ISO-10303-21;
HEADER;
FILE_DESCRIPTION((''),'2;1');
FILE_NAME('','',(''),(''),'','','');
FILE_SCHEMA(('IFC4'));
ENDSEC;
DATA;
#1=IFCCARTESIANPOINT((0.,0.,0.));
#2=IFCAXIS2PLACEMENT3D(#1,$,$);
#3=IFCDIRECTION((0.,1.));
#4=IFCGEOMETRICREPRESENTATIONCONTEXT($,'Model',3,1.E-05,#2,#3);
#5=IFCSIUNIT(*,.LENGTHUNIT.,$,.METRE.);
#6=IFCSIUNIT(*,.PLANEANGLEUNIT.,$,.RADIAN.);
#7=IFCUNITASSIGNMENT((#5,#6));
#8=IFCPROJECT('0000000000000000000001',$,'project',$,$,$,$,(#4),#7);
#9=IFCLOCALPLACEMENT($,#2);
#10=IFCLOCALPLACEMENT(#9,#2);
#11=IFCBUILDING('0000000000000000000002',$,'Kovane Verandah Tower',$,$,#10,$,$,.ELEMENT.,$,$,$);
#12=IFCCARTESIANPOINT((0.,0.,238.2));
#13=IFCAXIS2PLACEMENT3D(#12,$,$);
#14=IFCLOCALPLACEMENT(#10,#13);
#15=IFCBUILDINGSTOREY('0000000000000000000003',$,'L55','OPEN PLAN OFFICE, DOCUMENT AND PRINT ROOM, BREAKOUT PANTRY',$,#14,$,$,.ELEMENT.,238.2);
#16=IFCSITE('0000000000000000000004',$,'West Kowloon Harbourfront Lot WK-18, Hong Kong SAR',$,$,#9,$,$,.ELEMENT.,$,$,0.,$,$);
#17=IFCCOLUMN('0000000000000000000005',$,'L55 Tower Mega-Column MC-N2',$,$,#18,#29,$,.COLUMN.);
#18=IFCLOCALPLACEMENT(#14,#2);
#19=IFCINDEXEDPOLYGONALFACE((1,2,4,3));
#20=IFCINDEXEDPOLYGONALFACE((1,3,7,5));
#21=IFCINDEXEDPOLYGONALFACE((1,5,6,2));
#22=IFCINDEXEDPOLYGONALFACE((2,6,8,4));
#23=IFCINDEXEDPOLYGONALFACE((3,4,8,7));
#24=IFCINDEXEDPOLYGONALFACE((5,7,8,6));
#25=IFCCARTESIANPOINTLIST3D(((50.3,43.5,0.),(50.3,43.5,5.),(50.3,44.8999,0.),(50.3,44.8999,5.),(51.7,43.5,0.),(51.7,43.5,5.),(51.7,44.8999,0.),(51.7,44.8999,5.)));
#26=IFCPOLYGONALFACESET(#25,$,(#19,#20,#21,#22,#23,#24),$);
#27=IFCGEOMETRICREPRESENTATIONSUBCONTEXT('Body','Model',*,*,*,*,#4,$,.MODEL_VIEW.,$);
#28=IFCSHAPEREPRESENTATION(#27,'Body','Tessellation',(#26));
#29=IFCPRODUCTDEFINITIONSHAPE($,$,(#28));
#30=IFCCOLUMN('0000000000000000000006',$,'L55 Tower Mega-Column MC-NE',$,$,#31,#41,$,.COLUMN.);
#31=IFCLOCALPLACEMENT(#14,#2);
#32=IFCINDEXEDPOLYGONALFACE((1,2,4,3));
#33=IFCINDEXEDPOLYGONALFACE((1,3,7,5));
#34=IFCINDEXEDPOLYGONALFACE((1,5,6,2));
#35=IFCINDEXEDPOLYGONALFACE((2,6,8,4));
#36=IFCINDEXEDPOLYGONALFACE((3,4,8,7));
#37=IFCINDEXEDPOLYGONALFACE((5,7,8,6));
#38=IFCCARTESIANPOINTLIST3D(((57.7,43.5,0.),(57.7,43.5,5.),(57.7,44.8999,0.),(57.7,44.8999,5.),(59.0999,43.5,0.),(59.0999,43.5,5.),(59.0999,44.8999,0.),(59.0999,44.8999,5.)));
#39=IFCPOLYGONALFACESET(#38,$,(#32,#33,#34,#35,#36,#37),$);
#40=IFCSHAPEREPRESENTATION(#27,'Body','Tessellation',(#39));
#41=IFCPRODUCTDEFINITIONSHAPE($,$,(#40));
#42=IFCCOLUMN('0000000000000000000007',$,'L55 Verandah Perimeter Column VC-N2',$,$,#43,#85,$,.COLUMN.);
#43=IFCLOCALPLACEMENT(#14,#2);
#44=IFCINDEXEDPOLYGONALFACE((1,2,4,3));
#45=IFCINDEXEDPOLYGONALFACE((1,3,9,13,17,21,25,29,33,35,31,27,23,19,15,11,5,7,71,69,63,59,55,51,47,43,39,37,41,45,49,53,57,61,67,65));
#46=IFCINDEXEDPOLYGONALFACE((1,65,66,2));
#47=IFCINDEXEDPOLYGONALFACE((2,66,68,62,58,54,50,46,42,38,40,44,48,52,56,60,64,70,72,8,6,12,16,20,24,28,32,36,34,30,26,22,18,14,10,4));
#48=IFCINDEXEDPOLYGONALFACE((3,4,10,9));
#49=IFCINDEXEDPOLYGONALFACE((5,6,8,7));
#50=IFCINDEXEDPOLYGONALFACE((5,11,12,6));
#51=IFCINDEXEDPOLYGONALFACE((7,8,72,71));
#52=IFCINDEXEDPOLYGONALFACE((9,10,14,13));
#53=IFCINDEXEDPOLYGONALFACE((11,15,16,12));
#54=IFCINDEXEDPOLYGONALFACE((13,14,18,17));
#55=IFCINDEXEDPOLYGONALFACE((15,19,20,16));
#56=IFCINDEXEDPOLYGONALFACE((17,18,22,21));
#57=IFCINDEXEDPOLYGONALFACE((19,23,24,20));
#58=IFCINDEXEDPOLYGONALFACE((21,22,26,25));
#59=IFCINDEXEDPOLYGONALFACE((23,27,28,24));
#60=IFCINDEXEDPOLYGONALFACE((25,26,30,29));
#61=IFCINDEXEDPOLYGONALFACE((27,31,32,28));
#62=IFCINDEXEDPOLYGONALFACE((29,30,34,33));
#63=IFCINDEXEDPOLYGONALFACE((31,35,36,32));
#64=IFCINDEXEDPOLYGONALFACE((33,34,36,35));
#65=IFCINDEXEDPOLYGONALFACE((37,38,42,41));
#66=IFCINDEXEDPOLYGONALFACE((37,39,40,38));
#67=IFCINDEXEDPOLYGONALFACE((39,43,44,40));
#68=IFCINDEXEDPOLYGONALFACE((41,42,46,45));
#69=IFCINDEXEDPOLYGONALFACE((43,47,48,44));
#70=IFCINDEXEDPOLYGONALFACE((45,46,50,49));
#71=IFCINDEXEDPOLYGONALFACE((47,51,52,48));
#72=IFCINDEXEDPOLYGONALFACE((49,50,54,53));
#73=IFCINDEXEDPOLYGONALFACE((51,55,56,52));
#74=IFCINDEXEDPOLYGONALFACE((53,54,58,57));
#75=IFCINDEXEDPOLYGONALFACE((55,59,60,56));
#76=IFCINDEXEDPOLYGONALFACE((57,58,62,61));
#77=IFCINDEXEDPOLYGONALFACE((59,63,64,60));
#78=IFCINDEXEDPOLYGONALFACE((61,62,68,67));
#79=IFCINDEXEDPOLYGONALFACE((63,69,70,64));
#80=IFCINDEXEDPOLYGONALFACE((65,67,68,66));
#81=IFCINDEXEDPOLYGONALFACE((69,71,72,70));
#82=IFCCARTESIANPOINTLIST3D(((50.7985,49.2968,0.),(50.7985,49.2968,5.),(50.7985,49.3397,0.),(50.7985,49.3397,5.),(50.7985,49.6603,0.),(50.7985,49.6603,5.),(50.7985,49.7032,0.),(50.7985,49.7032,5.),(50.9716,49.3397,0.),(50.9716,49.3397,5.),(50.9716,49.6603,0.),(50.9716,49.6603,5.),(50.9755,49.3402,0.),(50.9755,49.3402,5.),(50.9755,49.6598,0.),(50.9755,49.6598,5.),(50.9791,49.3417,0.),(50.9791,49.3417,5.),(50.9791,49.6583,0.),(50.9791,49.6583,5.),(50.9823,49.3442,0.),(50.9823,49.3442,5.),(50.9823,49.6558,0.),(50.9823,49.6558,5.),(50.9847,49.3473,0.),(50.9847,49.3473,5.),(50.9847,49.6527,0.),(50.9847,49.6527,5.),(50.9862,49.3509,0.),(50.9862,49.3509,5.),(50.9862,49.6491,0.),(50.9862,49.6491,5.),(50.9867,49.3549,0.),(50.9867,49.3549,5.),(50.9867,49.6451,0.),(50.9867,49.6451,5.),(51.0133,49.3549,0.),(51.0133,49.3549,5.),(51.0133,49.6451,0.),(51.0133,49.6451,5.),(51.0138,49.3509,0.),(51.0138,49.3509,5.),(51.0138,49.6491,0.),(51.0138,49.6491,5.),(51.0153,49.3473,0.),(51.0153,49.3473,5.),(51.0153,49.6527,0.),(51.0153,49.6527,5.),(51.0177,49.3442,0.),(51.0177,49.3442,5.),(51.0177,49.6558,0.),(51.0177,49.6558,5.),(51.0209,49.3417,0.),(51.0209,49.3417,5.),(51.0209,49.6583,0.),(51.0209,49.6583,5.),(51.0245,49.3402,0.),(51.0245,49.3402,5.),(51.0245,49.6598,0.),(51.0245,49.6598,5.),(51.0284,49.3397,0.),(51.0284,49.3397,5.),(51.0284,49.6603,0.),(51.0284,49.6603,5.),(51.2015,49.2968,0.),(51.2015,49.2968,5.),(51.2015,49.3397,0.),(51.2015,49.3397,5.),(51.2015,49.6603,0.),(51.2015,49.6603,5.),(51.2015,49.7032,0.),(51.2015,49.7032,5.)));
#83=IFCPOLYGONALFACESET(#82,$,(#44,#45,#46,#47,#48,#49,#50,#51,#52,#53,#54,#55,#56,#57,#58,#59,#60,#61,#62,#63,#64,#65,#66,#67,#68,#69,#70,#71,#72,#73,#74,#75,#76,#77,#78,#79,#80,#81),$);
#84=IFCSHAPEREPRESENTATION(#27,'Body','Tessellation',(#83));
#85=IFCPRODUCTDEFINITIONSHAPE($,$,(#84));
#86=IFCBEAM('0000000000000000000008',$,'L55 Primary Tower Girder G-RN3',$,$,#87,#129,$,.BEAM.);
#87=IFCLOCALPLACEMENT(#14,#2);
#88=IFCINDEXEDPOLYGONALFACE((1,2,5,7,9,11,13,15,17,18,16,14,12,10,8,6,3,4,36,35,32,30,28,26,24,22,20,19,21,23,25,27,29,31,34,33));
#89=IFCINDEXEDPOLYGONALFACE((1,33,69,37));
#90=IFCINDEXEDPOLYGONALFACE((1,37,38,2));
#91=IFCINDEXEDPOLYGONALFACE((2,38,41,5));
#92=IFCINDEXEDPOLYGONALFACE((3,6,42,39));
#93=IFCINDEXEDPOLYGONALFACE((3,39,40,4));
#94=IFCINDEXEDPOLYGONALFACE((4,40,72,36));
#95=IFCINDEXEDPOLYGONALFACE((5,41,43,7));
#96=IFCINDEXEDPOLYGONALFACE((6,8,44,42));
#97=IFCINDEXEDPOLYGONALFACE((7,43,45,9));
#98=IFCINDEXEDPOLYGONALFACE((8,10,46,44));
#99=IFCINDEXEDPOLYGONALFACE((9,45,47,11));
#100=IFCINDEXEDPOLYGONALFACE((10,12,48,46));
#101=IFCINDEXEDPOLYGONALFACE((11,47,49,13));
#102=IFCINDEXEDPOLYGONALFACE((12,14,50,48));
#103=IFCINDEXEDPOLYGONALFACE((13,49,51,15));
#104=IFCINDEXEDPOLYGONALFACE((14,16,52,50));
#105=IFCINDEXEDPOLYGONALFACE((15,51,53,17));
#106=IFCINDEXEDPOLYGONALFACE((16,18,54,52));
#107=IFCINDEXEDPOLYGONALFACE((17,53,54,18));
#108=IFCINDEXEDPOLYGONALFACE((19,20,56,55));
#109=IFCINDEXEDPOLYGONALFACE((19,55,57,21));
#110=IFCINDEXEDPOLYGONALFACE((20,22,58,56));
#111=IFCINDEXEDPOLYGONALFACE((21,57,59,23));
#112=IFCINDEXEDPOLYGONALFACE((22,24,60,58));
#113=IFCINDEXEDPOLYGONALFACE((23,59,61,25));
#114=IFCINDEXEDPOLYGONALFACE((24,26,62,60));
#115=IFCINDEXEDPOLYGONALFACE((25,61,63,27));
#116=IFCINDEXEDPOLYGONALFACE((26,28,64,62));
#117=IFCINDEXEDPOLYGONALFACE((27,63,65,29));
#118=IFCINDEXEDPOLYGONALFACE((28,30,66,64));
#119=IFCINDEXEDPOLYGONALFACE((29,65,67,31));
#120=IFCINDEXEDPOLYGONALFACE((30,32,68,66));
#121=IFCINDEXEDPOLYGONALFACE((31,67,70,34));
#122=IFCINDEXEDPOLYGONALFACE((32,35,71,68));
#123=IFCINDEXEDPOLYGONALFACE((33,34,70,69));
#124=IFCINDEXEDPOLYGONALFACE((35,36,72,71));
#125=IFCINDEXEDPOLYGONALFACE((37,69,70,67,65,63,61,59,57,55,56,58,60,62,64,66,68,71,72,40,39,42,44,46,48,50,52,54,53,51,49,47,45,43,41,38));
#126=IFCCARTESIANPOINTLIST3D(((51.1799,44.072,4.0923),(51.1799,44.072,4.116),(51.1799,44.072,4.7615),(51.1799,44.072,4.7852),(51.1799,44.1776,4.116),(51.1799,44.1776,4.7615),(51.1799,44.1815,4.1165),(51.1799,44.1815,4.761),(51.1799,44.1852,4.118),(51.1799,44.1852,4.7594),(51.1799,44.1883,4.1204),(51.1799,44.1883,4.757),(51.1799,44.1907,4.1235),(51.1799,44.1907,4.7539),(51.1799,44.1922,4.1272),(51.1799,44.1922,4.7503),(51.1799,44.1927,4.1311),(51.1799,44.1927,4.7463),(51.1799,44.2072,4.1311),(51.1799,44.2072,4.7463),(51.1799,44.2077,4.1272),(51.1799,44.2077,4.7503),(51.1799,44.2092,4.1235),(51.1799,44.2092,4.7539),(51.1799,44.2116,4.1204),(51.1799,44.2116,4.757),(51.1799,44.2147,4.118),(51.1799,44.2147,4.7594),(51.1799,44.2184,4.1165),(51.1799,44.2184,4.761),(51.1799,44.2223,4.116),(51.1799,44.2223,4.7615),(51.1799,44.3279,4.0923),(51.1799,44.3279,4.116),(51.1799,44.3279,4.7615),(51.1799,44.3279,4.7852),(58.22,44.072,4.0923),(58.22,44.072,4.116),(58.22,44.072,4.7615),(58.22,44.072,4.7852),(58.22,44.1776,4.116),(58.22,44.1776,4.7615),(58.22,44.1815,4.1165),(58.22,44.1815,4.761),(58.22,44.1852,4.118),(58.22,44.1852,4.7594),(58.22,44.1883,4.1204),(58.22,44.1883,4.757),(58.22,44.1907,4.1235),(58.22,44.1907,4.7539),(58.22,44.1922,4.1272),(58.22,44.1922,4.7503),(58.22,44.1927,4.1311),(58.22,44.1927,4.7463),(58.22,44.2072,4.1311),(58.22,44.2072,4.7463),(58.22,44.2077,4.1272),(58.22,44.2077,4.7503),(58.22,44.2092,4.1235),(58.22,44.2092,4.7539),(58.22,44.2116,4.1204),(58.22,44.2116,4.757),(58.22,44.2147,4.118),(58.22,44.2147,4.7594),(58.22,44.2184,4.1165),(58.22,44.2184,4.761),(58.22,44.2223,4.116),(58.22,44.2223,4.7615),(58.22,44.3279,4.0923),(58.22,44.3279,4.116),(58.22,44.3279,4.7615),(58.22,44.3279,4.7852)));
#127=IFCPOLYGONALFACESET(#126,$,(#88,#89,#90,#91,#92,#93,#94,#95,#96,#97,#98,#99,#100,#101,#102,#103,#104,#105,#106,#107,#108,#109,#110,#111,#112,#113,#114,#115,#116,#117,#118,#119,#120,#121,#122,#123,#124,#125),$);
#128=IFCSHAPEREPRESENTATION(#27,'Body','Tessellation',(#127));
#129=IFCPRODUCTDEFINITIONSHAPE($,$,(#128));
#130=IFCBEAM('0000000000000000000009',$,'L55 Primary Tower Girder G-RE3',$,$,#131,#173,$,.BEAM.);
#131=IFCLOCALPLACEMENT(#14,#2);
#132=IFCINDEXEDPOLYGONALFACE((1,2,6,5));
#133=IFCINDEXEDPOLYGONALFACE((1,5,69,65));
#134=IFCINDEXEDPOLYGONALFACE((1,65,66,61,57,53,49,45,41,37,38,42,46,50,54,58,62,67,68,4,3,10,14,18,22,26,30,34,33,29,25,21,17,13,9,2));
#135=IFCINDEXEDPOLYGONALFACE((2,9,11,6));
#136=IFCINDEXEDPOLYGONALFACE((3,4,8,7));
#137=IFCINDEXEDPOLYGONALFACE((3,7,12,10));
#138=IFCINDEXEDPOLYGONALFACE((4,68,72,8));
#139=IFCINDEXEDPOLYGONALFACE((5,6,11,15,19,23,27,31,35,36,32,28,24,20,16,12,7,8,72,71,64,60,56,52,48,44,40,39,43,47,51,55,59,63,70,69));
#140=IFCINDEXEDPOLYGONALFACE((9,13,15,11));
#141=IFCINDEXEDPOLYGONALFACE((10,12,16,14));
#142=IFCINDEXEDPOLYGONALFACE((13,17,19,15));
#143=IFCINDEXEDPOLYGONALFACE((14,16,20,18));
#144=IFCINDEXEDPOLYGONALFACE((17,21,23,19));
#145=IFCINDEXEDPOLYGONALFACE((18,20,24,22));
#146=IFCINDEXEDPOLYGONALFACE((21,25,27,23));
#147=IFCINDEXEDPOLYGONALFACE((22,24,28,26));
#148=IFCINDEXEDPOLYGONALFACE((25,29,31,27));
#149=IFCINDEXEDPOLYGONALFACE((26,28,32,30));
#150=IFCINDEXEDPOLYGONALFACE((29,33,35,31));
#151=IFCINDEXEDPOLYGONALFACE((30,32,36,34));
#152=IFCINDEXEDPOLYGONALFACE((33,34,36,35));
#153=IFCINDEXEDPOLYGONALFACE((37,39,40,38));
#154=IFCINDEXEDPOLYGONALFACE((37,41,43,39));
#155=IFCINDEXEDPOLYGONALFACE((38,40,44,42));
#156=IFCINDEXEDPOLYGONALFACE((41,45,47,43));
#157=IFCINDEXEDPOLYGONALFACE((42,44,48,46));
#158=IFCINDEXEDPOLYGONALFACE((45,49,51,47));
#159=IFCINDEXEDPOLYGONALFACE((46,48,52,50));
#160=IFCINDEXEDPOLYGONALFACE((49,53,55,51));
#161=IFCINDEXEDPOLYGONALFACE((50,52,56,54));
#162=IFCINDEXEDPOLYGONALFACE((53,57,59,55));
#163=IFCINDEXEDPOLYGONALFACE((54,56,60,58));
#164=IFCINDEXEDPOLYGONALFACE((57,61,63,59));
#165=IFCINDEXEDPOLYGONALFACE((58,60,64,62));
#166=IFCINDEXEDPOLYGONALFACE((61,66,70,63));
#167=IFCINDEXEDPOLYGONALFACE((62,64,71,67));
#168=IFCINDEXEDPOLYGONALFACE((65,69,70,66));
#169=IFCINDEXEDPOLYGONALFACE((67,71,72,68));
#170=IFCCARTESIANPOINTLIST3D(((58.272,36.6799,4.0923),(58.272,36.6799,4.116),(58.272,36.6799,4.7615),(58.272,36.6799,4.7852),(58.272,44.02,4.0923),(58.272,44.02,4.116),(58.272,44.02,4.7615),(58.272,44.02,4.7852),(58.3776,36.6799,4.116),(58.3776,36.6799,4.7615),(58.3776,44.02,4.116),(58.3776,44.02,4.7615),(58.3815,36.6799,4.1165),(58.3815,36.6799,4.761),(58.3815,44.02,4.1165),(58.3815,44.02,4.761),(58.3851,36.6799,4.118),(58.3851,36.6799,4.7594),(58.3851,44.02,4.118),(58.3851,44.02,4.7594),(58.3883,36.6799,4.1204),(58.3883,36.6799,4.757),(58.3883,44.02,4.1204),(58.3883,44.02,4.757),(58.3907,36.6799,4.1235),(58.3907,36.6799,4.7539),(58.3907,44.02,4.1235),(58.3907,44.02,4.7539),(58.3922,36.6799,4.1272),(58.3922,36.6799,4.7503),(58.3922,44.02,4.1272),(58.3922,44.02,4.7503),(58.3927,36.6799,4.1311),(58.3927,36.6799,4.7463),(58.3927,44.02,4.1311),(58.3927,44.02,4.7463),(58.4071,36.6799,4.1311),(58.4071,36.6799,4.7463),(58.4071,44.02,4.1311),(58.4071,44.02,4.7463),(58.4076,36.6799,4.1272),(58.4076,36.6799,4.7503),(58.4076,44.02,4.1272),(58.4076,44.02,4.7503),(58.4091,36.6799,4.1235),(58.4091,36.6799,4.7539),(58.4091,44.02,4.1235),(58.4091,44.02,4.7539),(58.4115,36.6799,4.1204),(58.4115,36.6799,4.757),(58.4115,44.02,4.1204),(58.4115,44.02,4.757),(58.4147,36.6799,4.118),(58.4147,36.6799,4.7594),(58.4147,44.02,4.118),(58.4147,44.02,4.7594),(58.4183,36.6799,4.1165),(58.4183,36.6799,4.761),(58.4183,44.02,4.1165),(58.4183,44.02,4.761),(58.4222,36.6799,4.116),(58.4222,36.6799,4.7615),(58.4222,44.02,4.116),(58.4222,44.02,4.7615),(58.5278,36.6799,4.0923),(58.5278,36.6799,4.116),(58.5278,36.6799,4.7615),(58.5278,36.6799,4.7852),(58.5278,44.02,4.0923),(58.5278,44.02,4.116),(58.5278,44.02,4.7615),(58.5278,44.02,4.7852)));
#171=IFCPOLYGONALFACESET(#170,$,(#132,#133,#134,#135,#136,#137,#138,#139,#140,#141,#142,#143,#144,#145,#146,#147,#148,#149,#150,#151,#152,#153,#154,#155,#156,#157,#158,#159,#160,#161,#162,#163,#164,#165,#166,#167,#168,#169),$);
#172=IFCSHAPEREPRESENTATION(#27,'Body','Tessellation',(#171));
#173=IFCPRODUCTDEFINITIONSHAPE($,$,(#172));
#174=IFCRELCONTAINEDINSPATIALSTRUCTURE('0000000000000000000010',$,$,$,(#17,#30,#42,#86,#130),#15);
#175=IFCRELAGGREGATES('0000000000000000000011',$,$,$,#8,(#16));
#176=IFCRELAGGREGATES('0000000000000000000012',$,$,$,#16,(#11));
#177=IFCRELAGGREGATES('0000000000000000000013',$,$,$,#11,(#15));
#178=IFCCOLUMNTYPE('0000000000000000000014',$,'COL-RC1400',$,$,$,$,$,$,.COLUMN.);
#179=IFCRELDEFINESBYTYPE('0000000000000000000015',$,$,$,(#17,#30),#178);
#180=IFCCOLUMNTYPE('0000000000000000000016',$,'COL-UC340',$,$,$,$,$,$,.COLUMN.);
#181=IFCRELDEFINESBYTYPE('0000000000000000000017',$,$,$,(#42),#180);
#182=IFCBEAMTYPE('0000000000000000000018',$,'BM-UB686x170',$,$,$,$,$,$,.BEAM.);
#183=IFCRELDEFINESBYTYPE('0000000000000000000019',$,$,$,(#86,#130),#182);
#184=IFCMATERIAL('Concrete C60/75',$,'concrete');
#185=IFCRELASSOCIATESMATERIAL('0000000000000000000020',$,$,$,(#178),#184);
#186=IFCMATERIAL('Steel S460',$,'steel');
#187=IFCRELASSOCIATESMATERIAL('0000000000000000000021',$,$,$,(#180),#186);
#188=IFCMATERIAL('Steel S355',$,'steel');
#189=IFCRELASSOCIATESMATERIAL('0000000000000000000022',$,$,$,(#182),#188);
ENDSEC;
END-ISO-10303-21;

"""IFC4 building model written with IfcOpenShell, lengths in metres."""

from ifc_helpers import new_model, si_unit, direction, frame, origin, origin_2d, place, context, subcontext, project, spatial, rectangle, i_section, extrude, material, material_profile, profile_set, type_object, element, save


model = new_model("IFC4")

# Units and contexts
model_context = context("Model", 3, precision=1e-05, world=origin(), true_north=direction((0.0, 1.0)))
body_context = subcontext(model_context, "Body", "Model", "MODEL_VIEW")
ifc_project = project(units=[si_unit("LENGTHUNIT", "METRE"), si_unit("PLANEANGLEUNIT", "RADIAN")], contexts=[model_context])

# Site, building, storey
site_placement = place(None, origin())
site = spatial("IfcSite", under=ifc_project, at=site_placement, Name="West Kowloon Harbourfront Lot WK-18, Hong Kong SAR", CompositionType="ELEMENT", RefElevation=0.0)
building_placement = place(site_placement, origin())
building = spatial("IfcBuilding", under=site, at=building_placement, Name="Kovane Verandah Tower", CompositionType="ELEMENT")
storey_placement = place(building_placement, frame((0.0, 0.0, 238.2)))
storey = spatial("IfcBuildingStorey", under=building, at=storey_placement, Name="L55", Description="OPEN PLAN OFFICE, DOCUMENT AND PRINT ROOM, BREAKOUT PANTRY", CompositionType="ELEMENT", Elevation=238.2)

# Columns
ifc_material_1 = material(Name="Concrete C60/75", Category="concrete")
ifc_material_profile_1 = material_profile(ifc_material_1, rectangle(XDim=1.3999, YDim=1.3999, at=origin_2d()), Name="RC1400x1400")
ifc_profile_set_1 = profile_set([ifc_material_profile_1], Name="Concrete C60/75")
column_type_1 = type_object("IfcColumnType", Name="COL-RC1400", PredefinedType="COLUMN", material=ifc_profile_set_1)
for number, where, z_axis, x_axis, name in (
    (1, (51.0, 44.2, 0.0), (0.0, 0.0, 1.0), (1.0, 0.0, 0.0), "L55 Tower Mega-Column MC-N2"),
    (2, (58.3999, 44.2, 0.0), (0.0, 0.0, 1.0), (1.0, 0.0, 0.0), "L55 Tower Mega-Column MC-NE"),
):
    element("IfcColumn", number, at=place(storey_placement, frame(where, z_axis=z_axis, x_axis=x_axis)), inside=storey, type_object=column_type_1, Name=name, PredefinedType="COLUMN", context=body_context, shape_type="SweptSolid", body=[
        extrude(rectangle(XDim=1.3999, YDim=1.3999, at=origin_2d()), origin(), (0.0, 0.0, 1.0), 5.0),
    ])
ifc_material_2 = material(Name="Steel S460", Category="steel")
ifc_material_profile_2 = material_profile(ifc_material_2, i_section(OverallWidth=0.4031, OverallDepth=0.4065, WebThickness=0.0266, FlangeThickness=0.043, FilletRadius=0.0151, at=origin_2d()), Name="UC356x406x340")
ifc_profile_set_2 = profile_set([ifc_material_profile_2], Name="Steel S460")
column_type_2 = type_object("IfcColumnType", Name="COL-UC340", PredefinedType="COLUMN", material=ifc_profile_set_2)
column_placement = place(storey_placement, frame((51.0, 49.5, 0.0), z_axis=(0.0, 0.0, 1.0), x_axis=(1.0, 0.0, 0.0)))
element("IfcColumn", 3, at=column_placement, inside=storey, type_object=column_type_2, Name="L55 Verandah Perimeter Column VC-N2", PredefinedType="COLUMN", context=body_context, shape_type="SweptSolid", body=[
    extrude(i_section(OverallWidth=0.4031, OverallDepth=0.4065, WebThickness=0.0266, FlangeThickness=0.043, FilletRadius=0.0151, at=origin_2d()), origin(), (0.0, 0.0, 1.0), 5.0),
])

# Beams
ifc_material_3 = material(Name="Steel S355", Category="steel")
ifc_material_profile_3 = material_profile(ifc_material_3, i_section(OverallWidth=0.2559, OverallDepth=0.6929, WebThickness=0.0144, FlangeThickness=0.0237, FilletRadius=0.0151, at=origin_2d()), Name="UB686x254x170")
ifc_profile_set_3 = profile_set([ifc_material_profile_3], Name="Steel S355")
beam_type_1 = type_object("IfcBeamType", Name="BM-UB686x170", PredefinedType="BEAM", material=ifc_profile_set_3)
beam_1_placement = place(storey_placement, frame((51.1799, 44.2, 4.4387), z_axis=(1.0, 0.0, 0.0), x_axis=(0.0, 1.0, 0.0)))
element("IfcBeam", 4, at=beam_1_placement, inside=storey, type_object=beam_type_1, Name="L55 Primary Tower Girder G-RN3", PredefinedType="BEAM", context=body_context, shape_type="SweptSolid", body=[
    extrude(i_section(OverallWidth=0.2559, OverallDepth=0.6929, WebThickness=0.0144, FlangeThickness=0.0237, FilletRadius=0.0151, at=origin_2d()), origin(), (0.0, 0.0, 1.0), 7.04),
])
beam_2_placement = place(storey_placement, frame((58.3999, 36.6799, 4.4387), z_axis=(0.0, 1.0, 0.0), x_axis=(-1.0, 0.0, 0.0)))
element("IfcBeam", 5, at=beam_2_placement, inside=storey, type_object=beam_type_1, Name="L55 Primary Tower Girder G-RE3", PredefinedType="BEAM", context=body_context, shape_type="SweptSolid", body=[
    extrude(i_section(OverallWidth=0.2559, OverallDepth=0.6929, WebThickness=0.0144, FlangeThickness=0.0237, FilletRadius=0.0151, at=origin_2d()), origin(), (0.0, 0.0, 1.0), 7.3401),
])

save(model, "model.ifc")
